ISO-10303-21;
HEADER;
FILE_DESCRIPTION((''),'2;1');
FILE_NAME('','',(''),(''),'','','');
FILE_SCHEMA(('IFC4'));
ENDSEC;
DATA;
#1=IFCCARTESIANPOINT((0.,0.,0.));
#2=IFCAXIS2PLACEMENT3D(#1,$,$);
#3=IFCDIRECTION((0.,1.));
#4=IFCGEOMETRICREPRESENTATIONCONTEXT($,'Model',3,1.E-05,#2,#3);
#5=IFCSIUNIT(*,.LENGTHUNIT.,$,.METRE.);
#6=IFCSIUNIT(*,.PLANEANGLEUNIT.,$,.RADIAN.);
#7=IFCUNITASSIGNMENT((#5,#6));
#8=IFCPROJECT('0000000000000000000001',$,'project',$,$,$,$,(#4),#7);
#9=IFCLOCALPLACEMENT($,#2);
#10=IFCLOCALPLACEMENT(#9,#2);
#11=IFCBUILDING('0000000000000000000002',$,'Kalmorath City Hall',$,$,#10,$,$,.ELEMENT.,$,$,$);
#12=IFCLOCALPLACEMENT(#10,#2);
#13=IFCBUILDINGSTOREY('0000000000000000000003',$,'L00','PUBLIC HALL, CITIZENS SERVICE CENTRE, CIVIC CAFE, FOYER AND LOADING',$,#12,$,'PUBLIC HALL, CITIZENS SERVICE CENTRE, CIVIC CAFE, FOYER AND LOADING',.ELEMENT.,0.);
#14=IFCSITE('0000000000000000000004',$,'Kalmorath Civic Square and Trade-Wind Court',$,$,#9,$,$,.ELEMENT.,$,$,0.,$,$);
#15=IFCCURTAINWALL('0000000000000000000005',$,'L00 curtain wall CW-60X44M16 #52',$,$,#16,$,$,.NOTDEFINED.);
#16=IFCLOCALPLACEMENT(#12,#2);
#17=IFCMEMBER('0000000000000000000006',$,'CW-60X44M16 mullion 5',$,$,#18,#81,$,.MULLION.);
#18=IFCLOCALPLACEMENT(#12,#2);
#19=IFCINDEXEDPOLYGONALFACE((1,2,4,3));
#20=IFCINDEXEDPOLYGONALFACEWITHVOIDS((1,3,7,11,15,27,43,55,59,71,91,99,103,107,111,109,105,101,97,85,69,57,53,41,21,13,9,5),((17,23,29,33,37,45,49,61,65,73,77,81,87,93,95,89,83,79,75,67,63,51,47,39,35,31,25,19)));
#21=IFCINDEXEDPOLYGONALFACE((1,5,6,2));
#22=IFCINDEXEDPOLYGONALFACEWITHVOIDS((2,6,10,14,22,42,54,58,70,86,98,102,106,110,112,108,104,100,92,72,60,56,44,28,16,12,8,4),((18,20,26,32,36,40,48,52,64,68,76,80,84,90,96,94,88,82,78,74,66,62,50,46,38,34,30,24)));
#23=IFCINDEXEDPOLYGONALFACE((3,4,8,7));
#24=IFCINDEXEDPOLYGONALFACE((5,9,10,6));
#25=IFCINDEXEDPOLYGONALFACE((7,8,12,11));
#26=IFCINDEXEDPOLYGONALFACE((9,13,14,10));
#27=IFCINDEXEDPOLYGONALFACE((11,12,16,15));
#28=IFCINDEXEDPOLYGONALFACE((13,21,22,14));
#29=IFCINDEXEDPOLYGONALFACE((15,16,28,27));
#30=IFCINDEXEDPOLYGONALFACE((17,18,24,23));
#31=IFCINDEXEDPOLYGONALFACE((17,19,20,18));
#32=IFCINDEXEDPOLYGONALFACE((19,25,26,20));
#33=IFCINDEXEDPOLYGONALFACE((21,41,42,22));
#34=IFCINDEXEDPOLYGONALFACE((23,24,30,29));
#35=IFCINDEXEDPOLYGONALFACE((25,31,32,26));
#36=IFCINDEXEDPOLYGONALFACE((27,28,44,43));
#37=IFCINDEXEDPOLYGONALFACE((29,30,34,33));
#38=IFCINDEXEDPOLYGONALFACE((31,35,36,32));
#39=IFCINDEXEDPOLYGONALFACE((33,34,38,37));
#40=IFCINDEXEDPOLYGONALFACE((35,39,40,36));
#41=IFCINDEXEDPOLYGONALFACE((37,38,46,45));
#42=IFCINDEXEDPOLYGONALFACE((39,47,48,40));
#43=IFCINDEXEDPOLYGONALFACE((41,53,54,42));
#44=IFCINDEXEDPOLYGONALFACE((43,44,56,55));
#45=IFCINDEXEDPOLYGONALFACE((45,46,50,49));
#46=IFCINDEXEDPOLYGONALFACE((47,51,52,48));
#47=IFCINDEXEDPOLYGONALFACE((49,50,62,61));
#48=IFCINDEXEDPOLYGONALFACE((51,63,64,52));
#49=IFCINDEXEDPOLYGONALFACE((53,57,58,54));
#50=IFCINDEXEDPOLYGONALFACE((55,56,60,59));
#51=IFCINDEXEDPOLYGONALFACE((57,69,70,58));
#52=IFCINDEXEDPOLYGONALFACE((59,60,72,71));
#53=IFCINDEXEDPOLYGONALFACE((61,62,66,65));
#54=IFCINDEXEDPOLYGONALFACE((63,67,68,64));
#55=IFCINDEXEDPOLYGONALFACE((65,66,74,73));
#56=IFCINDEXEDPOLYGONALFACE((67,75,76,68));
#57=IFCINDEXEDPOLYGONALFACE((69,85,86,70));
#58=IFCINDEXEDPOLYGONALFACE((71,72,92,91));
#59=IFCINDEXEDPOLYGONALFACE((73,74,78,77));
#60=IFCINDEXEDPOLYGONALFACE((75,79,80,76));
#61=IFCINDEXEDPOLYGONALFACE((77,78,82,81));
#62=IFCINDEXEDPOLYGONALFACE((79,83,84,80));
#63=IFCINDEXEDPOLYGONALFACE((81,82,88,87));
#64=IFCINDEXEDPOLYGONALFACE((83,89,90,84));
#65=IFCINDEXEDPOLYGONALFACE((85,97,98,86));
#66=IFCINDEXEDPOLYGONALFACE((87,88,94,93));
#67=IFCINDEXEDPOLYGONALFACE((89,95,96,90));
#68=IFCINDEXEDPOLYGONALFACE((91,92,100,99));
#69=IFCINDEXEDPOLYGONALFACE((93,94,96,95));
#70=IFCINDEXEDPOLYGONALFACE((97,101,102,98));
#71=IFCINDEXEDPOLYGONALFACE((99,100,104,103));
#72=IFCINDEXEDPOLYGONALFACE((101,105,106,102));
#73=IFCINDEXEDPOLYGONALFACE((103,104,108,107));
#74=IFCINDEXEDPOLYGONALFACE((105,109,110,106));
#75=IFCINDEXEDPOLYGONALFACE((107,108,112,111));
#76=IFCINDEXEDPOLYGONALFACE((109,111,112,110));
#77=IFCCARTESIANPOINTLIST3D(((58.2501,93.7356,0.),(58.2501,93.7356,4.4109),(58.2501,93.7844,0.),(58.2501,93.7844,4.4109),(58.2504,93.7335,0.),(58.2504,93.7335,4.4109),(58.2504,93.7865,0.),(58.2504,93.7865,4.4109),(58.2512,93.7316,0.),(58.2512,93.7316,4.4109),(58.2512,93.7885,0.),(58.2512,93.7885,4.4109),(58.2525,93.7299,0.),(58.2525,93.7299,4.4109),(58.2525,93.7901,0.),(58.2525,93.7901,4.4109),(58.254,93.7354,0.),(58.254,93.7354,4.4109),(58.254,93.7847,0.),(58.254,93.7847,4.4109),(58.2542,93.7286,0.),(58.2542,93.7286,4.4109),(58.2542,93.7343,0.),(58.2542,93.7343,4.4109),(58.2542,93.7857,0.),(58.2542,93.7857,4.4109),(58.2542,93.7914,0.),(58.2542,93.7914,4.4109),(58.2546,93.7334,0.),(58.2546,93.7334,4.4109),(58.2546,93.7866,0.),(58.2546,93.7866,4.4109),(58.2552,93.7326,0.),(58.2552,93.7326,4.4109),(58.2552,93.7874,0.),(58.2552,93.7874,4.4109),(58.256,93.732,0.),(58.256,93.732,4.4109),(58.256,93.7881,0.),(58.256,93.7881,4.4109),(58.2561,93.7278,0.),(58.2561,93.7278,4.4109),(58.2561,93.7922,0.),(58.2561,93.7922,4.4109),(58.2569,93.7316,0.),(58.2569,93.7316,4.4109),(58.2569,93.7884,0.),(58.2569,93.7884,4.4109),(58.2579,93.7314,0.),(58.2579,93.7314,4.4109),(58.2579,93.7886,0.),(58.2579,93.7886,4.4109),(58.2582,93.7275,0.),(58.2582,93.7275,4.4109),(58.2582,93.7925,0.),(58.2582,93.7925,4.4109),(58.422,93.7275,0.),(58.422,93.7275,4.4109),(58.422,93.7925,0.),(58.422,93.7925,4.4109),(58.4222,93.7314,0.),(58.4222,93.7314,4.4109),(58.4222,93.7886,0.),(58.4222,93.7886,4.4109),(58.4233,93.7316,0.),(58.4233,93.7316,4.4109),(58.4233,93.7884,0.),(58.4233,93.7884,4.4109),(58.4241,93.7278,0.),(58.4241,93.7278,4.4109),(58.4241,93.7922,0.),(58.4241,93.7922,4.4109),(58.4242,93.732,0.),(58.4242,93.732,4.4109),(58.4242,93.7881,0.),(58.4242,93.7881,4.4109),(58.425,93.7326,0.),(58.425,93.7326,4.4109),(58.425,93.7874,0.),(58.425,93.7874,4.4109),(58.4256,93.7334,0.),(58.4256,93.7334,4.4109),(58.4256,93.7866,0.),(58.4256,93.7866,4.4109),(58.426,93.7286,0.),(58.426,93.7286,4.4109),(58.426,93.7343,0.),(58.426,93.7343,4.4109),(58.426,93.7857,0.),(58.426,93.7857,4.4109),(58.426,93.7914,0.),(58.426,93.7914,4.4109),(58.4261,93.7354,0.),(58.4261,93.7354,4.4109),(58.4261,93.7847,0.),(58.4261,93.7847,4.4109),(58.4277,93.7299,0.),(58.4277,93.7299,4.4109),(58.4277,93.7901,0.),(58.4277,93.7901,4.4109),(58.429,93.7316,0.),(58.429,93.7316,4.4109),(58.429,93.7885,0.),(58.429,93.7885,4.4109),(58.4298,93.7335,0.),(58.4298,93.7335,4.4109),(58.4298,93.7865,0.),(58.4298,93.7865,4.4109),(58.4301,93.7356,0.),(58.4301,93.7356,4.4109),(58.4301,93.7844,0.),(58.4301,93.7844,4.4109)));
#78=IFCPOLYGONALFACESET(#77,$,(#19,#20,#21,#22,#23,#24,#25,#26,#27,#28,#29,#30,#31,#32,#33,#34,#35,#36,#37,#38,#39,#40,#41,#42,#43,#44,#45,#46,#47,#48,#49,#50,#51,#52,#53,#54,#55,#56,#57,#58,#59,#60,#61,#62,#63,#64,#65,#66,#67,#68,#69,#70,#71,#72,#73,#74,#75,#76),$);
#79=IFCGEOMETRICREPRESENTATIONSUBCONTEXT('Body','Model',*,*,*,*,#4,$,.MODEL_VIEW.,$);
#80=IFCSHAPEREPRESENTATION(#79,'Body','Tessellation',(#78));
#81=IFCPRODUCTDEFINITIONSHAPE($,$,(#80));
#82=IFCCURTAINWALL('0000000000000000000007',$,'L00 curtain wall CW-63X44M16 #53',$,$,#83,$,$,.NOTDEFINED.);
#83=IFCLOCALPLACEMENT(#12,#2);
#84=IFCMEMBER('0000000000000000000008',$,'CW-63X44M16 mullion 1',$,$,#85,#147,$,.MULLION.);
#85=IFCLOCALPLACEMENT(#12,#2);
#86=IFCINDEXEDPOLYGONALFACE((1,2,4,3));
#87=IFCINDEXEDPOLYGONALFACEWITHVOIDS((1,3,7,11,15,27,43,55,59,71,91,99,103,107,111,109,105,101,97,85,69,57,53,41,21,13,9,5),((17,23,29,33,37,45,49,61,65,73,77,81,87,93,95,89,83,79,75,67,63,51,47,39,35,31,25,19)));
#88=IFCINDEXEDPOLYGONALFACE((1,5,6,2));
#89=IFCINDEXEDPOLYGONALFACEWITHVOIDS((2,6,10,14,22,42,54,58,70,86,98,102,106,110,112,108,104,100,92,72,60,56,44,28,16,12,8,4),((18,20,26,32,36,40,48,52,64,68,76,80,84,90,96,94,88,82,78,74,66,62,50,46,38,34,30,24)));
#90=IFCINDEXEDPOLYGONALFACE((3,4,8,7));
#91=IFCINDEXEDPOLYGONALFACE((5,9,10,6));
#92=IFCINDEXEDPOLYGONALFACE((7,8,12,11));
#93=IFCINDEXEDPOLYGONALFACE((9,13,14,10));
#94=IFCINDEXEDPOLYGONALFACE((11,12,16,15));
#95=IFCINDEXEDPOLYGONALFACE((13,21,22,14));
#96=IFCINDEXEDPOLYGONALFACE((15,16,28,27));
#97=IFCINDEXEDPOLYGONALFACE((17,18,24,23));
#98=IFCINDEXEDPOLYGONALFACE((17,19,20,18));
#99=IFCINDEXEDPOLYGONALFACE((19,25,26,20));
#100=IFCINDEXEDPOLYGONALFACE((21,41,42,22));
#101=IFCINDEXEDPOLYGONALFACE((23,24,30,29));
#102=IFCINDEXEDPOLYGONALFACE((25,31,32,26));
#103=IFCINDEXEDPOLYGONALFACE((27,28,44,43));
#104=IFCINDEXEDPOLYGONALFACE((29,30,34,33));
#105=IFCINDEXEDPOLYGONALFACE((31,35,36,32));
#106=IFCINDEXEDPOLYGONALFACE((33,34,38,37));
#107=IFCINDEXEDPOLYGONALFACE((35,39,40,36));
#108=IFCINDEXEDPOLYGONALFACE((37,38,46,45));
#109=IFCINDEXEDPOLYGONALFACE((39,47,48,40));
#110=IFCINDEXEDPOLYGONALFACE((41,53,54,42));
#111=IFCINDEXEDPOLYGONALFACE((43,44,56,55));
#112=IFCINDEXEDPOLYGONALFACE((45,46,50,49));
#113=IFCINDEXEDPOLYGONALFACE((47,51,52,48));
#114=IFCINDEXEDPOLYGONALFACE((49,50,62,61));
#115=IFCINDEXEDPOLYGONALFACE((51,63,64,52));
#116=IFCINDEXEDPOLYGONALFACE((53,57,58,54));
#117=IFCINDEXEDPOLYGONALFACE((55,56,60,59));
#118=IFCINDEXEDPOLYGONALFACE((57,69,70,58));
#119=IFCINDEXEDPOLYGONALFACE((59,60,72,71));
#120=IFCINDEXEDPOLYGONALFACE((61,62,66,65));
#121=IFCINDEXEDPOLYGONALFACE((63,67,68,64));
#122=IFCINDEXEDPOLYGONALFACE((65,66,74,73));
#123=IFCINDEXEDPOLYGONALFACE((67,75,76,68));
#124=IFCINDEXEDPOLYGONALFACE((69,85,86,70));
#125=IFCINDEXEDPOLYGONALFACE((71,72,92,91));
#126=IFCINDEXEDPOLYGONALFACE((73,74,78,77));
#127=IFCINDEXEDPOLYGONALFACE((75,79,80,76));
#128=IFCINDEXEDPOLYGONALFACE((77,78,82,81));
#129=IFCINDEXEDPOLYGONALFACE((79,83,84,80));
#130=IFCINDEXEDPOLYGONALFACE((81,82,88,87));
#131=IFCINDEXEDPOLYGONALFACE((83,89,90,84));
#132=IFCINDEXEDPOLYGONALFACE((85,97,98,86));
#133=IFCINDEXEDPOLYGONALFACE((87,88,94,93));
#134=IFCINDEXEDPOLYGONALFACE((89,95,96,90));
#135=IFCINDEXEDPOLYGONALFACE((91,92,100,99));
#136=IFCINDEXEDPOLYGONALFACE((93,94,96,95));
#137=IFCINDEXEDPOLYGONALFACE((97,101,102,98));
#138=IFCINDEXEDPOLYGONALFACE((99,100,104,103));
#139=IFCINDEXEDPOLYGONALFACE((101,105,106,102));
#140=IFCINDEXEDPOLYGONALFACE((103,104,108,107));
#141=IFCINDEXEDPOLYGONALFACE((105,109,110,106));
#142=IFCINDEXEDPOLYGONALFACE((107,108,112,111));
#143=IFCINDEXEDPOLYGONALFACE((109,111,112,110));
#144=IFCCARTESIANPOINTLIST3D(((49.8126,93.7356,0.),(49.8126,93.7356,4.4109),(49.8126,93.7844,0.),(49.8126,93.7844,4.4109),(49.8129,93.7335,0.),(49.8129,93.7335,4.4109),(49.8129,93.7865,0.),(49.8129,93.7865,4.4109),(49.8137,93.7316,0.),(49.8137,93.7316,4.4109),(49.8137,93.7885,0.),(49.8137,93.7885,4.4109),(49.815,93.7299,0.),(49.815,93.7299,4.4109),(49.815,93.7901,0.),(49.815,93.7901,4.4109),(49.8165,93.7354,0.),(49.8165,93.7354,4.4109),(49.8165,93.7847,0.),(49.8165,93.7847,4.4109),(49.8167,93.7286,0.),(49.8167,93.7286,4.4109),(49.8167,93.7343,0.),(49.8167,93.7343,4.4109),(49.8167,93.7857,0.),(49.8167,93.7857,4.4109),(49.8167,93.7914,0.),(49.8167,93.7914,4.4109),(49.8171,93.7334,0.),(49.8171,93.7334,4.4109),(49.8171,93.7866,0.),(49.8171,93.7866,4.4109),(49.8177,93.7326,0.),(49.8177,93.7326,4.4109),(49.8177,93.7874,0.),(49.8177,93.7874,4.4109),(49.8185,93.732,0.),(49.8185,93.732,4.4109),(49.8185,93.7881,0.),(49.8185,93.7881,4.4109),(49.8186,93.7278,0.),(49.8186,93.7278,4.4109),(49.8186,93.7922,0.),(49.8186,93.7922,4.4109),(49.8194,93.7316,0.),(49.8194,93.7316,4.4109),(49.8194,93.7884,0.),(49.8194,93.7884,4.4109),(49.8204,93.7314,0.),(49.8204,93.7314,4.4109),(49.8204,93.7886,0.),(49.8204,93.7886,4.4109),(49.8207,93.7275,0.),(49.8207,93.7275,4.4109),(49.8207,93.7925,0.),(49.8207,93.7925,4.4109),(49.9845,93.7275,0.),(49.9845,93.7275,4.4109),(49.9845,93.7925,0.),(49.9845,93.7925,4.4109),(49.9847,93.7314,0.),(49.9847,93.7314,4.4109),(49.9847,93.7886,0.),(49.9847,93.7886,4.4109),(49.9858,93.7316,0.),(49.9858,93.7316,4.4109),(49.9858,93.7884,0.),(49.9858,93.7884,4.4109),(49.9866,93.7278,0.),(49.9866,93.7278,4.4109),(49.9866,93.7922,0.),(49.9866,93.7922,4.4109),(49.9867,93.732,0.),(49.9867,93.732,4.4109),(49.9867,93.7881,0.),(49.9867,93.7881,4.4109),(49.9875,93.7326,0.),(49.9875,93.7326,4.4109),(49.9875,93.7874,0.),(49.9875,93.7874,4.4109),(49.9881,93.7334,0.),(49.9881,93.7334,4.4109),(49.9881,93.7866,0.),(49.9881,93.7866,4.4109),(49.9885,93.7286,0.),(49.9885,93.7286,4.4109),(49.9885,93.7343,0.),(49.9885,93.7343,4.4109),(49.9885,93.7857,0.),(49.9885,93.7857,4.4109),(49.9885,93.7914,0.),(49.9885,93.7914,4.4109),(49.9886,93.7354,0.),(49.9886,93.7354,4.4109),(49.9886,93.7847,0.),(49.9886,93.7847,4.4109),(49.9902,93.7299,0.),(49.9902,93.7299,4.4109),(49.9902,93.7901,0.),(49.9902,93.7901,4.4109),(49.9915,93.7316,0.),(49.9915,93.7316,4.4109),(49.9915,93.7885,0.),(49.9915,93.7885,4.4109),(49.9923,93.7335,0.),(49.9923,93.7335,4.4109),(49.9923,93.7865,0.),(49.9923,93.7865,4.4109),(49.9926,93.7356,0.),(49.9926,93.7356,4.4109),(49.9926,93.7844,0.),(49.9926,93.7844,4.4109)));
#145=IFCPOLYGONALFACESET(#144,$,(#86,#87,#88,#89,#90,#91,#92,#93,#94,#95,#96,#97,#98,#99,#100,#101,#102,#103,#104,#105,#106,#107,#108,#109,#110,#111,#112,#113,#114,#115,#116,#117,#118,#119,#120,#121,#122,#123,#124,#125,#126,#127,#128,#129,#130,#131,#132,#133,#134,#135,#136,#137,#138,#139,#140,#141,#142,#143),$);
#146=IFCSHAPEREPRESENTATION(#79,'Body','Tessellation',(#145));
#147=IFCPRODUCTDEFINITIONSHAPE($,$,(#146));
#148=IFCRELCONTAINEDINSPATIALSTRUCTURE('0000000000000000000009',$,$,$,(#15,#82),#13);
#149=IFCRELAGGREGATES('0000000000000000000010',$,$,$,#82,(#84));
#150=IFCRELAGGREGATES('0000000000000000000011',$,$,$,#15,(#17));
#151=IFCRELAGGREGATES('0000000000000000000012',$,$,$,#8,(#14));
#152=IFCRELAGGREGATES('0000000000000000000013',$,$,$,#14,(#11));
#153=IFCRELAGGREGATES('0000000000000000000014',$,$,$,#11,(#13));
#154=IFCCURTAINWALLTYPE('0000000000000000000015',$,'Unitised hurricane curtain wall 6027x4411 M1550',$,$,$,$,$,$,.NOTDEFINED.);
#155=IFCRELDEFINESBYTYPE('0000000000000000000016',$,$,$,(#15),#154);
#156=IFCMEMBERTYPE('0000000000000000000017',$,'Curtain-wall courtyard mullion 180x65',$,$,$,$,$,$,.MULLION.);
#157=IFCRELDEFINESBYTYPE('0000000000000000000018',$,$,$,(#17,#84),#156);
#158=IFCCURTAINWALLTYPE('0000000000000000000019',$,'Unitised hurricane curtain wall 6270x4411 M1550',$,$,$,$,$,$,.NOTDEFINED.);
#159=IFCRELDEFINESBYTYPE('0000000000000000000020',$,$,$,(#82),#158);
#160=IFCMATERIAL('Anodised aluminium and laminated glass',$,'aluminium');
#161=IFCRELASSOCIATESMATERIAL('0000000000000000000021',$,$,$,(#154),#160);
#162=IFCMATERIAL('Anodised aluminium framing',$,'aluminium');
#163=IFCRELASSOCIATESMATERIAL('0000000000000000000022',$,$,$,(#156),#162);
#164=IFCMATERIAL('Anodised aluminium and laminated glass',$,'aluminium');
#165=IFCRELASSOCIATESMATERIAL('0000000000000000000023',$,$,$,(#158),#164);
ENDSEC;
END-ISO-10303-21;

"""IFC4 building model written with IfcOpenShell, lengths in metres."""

from ifc_helpers import new_model, si_unit, direction, frame, origin, origin_2d, place, context, subcontext, project, spatial, hollow_rectangle, extrude, material, material_profile, profile_set, type_object, element, aggregate, save


model = new_model("IFC4")

# Units and contexts
model_context = context("Model", 3, precision=1e-05, world=origin(), true_north=direction((0.0, 1.0)))
body_context = subcontext(model_context, "Body", "Model", "MODEL_VIEW")
ifc_project = project(units=[si_unit("LENGTHUNIT", "METRE"), si_unit("PLANEANGLEUNIT", "RADIAN")], contexts=[model_context])

# Site, building, storey
site_placement = place(None, origin())
site = spatial("IfcSite", under=ifc_project, at=site_placement, Name="Kalmorath Civic Square and Trade-Wind Court", CompositionType="ELEMENT", RefElevation=0.0)
building_placement = place(site_placement, origin())
building = spatial("IfcBuilding", under=site, at=building_placement, Name="Kalmorath City Hall", CompositionType="ELEMENT")
storey_placement = place(building_placement, origin())
storey = spatial("IfcBuildingStorey", under=building, at=storey_placement, Name="L00", Description="PUBLIC HALL, CITIZENS SERVICE CENTRE, CIVIC CAFE, FOYER AND LOADING", LongName="PUBLIC HALL, CITIZENS SERVICE CENTRE, CIVIC CAFE, FOYER AND LOADING", CompositionType="ELEMENT", Elevation=0.0)

# Curtain wall, member
ifc_material_1 = material(Name="Anodised aluminium and laminated glass", Category="aluminium")
curtain_wall_type_1 = type_object("IfcCurtainWallType", Name="Unitised hurricane curtain wall 6027x4411 M1550", PredefinedType="NOTDEFINED", material=ifc_material_1)
curtain_wall_1_placement = place(storey_placement, origin())
curtain_wall_1 = element("IfcCurtainWall", 1, at=curtain_wall_1_placement, inside=storey, type_object=curtain_wall_type_1, Name="L00 curtain wall CW-60X44M16 #52", PredefinedType="NOTDEFINED")
ifc_material_2 = material(Name="Anodised aluminium framing", Category="aluminium")
ifc_material_profile_1 = material_profile(ifc_material_2, hollow_rectangle(XDim=0.0649, YDim=0.1799, WallThickness=0.0039, InnerFilletRadius=0.0039, OuterFilletRadius=0.0081, at=origin_2d()), Name="ALU-MUL-180X65X4")
ifc_profile_set_1 = profile_set([ifc_material_profile_1], Name="Anodised aluminium framing")
member_type_1 = type_object("IfcMemberType", Name="Curtain-wall courtyard mullion 180x65", PredefinedType="MULLION", material=ifc_profile_set_1)
member_1_placement = place(storey_placement, frame((58.3401, 93.76, 0.0), z_axis=(0.0, 0.0, 1.0), x_axis=(0.0, -1.0, 0.0)))
member_1 = element("IfcMember", 2, at=member_1_placement, type_object=member_type_1, Name="CW-60X44M16 mullion 5", PredefinedType="MULLION", context=body_context, shape_type="SweptSolid", body=[
    extrude(hollow_rectangle(XDim=0.0649, YDim=0.1799, WallThickness=0.0039, InnerFilletRadius=0.0039, OuterFilletRadius=0.0081, at=origin_2d()), origin(), (0.0, 0.0, 1.0), 4.4109),
])

# Curtain wall, member
ifc_material_3 = material(Name="Anodised aluminium and laminated glass", Category="aluminium")
curtain_wall_type_2 = type_object("IfcCurtainWallType", Name="Unitised hurricane curtain wall 6270x4411 M1550", PredefinedType="NOTDEFINED", material=ifc_material_3)
curtain_wall_2_placement = place(storey_placement, origin())
curtain_wall_2 = element("IfcCurtainWall", 3, at=curtain_wall_2_placement, inside=storey, type_object=curtain_wall_type_2, Name="L00 curtain wall CW-63X44M16 #53", PredefinedType="NOTDEFINED")
member_2_placement = place(storey_placement, frame((49.9026, 93.76, 0.0), z_axis=(0.0, 0.0, 1.0), x_axis=(0.0, -1.0, 0.0)))
member_2 = element("IfcMember", 4, at=member_2_placement, type_object=member_type_1, Name="CW-63X44M16 mullion 1", PredefinedType="MULLION", context=body_context, shape_type="SweptSolid", body=[
    extrude(hollow_rectangle(XDim=0.0649, YDim=0.1799, WallThickness=0.0039, InnerFilletRadius=0.0039, OuterFilletRadius=0.0081, at=origin_2d()), origin(), (0.0, 0.0, 1.0), 4.4109),
])

aggregate(curtain_wall_2, [member_2])

aggregate(curtain_wall_1, [member_1])

save(model, "model.ifc")
